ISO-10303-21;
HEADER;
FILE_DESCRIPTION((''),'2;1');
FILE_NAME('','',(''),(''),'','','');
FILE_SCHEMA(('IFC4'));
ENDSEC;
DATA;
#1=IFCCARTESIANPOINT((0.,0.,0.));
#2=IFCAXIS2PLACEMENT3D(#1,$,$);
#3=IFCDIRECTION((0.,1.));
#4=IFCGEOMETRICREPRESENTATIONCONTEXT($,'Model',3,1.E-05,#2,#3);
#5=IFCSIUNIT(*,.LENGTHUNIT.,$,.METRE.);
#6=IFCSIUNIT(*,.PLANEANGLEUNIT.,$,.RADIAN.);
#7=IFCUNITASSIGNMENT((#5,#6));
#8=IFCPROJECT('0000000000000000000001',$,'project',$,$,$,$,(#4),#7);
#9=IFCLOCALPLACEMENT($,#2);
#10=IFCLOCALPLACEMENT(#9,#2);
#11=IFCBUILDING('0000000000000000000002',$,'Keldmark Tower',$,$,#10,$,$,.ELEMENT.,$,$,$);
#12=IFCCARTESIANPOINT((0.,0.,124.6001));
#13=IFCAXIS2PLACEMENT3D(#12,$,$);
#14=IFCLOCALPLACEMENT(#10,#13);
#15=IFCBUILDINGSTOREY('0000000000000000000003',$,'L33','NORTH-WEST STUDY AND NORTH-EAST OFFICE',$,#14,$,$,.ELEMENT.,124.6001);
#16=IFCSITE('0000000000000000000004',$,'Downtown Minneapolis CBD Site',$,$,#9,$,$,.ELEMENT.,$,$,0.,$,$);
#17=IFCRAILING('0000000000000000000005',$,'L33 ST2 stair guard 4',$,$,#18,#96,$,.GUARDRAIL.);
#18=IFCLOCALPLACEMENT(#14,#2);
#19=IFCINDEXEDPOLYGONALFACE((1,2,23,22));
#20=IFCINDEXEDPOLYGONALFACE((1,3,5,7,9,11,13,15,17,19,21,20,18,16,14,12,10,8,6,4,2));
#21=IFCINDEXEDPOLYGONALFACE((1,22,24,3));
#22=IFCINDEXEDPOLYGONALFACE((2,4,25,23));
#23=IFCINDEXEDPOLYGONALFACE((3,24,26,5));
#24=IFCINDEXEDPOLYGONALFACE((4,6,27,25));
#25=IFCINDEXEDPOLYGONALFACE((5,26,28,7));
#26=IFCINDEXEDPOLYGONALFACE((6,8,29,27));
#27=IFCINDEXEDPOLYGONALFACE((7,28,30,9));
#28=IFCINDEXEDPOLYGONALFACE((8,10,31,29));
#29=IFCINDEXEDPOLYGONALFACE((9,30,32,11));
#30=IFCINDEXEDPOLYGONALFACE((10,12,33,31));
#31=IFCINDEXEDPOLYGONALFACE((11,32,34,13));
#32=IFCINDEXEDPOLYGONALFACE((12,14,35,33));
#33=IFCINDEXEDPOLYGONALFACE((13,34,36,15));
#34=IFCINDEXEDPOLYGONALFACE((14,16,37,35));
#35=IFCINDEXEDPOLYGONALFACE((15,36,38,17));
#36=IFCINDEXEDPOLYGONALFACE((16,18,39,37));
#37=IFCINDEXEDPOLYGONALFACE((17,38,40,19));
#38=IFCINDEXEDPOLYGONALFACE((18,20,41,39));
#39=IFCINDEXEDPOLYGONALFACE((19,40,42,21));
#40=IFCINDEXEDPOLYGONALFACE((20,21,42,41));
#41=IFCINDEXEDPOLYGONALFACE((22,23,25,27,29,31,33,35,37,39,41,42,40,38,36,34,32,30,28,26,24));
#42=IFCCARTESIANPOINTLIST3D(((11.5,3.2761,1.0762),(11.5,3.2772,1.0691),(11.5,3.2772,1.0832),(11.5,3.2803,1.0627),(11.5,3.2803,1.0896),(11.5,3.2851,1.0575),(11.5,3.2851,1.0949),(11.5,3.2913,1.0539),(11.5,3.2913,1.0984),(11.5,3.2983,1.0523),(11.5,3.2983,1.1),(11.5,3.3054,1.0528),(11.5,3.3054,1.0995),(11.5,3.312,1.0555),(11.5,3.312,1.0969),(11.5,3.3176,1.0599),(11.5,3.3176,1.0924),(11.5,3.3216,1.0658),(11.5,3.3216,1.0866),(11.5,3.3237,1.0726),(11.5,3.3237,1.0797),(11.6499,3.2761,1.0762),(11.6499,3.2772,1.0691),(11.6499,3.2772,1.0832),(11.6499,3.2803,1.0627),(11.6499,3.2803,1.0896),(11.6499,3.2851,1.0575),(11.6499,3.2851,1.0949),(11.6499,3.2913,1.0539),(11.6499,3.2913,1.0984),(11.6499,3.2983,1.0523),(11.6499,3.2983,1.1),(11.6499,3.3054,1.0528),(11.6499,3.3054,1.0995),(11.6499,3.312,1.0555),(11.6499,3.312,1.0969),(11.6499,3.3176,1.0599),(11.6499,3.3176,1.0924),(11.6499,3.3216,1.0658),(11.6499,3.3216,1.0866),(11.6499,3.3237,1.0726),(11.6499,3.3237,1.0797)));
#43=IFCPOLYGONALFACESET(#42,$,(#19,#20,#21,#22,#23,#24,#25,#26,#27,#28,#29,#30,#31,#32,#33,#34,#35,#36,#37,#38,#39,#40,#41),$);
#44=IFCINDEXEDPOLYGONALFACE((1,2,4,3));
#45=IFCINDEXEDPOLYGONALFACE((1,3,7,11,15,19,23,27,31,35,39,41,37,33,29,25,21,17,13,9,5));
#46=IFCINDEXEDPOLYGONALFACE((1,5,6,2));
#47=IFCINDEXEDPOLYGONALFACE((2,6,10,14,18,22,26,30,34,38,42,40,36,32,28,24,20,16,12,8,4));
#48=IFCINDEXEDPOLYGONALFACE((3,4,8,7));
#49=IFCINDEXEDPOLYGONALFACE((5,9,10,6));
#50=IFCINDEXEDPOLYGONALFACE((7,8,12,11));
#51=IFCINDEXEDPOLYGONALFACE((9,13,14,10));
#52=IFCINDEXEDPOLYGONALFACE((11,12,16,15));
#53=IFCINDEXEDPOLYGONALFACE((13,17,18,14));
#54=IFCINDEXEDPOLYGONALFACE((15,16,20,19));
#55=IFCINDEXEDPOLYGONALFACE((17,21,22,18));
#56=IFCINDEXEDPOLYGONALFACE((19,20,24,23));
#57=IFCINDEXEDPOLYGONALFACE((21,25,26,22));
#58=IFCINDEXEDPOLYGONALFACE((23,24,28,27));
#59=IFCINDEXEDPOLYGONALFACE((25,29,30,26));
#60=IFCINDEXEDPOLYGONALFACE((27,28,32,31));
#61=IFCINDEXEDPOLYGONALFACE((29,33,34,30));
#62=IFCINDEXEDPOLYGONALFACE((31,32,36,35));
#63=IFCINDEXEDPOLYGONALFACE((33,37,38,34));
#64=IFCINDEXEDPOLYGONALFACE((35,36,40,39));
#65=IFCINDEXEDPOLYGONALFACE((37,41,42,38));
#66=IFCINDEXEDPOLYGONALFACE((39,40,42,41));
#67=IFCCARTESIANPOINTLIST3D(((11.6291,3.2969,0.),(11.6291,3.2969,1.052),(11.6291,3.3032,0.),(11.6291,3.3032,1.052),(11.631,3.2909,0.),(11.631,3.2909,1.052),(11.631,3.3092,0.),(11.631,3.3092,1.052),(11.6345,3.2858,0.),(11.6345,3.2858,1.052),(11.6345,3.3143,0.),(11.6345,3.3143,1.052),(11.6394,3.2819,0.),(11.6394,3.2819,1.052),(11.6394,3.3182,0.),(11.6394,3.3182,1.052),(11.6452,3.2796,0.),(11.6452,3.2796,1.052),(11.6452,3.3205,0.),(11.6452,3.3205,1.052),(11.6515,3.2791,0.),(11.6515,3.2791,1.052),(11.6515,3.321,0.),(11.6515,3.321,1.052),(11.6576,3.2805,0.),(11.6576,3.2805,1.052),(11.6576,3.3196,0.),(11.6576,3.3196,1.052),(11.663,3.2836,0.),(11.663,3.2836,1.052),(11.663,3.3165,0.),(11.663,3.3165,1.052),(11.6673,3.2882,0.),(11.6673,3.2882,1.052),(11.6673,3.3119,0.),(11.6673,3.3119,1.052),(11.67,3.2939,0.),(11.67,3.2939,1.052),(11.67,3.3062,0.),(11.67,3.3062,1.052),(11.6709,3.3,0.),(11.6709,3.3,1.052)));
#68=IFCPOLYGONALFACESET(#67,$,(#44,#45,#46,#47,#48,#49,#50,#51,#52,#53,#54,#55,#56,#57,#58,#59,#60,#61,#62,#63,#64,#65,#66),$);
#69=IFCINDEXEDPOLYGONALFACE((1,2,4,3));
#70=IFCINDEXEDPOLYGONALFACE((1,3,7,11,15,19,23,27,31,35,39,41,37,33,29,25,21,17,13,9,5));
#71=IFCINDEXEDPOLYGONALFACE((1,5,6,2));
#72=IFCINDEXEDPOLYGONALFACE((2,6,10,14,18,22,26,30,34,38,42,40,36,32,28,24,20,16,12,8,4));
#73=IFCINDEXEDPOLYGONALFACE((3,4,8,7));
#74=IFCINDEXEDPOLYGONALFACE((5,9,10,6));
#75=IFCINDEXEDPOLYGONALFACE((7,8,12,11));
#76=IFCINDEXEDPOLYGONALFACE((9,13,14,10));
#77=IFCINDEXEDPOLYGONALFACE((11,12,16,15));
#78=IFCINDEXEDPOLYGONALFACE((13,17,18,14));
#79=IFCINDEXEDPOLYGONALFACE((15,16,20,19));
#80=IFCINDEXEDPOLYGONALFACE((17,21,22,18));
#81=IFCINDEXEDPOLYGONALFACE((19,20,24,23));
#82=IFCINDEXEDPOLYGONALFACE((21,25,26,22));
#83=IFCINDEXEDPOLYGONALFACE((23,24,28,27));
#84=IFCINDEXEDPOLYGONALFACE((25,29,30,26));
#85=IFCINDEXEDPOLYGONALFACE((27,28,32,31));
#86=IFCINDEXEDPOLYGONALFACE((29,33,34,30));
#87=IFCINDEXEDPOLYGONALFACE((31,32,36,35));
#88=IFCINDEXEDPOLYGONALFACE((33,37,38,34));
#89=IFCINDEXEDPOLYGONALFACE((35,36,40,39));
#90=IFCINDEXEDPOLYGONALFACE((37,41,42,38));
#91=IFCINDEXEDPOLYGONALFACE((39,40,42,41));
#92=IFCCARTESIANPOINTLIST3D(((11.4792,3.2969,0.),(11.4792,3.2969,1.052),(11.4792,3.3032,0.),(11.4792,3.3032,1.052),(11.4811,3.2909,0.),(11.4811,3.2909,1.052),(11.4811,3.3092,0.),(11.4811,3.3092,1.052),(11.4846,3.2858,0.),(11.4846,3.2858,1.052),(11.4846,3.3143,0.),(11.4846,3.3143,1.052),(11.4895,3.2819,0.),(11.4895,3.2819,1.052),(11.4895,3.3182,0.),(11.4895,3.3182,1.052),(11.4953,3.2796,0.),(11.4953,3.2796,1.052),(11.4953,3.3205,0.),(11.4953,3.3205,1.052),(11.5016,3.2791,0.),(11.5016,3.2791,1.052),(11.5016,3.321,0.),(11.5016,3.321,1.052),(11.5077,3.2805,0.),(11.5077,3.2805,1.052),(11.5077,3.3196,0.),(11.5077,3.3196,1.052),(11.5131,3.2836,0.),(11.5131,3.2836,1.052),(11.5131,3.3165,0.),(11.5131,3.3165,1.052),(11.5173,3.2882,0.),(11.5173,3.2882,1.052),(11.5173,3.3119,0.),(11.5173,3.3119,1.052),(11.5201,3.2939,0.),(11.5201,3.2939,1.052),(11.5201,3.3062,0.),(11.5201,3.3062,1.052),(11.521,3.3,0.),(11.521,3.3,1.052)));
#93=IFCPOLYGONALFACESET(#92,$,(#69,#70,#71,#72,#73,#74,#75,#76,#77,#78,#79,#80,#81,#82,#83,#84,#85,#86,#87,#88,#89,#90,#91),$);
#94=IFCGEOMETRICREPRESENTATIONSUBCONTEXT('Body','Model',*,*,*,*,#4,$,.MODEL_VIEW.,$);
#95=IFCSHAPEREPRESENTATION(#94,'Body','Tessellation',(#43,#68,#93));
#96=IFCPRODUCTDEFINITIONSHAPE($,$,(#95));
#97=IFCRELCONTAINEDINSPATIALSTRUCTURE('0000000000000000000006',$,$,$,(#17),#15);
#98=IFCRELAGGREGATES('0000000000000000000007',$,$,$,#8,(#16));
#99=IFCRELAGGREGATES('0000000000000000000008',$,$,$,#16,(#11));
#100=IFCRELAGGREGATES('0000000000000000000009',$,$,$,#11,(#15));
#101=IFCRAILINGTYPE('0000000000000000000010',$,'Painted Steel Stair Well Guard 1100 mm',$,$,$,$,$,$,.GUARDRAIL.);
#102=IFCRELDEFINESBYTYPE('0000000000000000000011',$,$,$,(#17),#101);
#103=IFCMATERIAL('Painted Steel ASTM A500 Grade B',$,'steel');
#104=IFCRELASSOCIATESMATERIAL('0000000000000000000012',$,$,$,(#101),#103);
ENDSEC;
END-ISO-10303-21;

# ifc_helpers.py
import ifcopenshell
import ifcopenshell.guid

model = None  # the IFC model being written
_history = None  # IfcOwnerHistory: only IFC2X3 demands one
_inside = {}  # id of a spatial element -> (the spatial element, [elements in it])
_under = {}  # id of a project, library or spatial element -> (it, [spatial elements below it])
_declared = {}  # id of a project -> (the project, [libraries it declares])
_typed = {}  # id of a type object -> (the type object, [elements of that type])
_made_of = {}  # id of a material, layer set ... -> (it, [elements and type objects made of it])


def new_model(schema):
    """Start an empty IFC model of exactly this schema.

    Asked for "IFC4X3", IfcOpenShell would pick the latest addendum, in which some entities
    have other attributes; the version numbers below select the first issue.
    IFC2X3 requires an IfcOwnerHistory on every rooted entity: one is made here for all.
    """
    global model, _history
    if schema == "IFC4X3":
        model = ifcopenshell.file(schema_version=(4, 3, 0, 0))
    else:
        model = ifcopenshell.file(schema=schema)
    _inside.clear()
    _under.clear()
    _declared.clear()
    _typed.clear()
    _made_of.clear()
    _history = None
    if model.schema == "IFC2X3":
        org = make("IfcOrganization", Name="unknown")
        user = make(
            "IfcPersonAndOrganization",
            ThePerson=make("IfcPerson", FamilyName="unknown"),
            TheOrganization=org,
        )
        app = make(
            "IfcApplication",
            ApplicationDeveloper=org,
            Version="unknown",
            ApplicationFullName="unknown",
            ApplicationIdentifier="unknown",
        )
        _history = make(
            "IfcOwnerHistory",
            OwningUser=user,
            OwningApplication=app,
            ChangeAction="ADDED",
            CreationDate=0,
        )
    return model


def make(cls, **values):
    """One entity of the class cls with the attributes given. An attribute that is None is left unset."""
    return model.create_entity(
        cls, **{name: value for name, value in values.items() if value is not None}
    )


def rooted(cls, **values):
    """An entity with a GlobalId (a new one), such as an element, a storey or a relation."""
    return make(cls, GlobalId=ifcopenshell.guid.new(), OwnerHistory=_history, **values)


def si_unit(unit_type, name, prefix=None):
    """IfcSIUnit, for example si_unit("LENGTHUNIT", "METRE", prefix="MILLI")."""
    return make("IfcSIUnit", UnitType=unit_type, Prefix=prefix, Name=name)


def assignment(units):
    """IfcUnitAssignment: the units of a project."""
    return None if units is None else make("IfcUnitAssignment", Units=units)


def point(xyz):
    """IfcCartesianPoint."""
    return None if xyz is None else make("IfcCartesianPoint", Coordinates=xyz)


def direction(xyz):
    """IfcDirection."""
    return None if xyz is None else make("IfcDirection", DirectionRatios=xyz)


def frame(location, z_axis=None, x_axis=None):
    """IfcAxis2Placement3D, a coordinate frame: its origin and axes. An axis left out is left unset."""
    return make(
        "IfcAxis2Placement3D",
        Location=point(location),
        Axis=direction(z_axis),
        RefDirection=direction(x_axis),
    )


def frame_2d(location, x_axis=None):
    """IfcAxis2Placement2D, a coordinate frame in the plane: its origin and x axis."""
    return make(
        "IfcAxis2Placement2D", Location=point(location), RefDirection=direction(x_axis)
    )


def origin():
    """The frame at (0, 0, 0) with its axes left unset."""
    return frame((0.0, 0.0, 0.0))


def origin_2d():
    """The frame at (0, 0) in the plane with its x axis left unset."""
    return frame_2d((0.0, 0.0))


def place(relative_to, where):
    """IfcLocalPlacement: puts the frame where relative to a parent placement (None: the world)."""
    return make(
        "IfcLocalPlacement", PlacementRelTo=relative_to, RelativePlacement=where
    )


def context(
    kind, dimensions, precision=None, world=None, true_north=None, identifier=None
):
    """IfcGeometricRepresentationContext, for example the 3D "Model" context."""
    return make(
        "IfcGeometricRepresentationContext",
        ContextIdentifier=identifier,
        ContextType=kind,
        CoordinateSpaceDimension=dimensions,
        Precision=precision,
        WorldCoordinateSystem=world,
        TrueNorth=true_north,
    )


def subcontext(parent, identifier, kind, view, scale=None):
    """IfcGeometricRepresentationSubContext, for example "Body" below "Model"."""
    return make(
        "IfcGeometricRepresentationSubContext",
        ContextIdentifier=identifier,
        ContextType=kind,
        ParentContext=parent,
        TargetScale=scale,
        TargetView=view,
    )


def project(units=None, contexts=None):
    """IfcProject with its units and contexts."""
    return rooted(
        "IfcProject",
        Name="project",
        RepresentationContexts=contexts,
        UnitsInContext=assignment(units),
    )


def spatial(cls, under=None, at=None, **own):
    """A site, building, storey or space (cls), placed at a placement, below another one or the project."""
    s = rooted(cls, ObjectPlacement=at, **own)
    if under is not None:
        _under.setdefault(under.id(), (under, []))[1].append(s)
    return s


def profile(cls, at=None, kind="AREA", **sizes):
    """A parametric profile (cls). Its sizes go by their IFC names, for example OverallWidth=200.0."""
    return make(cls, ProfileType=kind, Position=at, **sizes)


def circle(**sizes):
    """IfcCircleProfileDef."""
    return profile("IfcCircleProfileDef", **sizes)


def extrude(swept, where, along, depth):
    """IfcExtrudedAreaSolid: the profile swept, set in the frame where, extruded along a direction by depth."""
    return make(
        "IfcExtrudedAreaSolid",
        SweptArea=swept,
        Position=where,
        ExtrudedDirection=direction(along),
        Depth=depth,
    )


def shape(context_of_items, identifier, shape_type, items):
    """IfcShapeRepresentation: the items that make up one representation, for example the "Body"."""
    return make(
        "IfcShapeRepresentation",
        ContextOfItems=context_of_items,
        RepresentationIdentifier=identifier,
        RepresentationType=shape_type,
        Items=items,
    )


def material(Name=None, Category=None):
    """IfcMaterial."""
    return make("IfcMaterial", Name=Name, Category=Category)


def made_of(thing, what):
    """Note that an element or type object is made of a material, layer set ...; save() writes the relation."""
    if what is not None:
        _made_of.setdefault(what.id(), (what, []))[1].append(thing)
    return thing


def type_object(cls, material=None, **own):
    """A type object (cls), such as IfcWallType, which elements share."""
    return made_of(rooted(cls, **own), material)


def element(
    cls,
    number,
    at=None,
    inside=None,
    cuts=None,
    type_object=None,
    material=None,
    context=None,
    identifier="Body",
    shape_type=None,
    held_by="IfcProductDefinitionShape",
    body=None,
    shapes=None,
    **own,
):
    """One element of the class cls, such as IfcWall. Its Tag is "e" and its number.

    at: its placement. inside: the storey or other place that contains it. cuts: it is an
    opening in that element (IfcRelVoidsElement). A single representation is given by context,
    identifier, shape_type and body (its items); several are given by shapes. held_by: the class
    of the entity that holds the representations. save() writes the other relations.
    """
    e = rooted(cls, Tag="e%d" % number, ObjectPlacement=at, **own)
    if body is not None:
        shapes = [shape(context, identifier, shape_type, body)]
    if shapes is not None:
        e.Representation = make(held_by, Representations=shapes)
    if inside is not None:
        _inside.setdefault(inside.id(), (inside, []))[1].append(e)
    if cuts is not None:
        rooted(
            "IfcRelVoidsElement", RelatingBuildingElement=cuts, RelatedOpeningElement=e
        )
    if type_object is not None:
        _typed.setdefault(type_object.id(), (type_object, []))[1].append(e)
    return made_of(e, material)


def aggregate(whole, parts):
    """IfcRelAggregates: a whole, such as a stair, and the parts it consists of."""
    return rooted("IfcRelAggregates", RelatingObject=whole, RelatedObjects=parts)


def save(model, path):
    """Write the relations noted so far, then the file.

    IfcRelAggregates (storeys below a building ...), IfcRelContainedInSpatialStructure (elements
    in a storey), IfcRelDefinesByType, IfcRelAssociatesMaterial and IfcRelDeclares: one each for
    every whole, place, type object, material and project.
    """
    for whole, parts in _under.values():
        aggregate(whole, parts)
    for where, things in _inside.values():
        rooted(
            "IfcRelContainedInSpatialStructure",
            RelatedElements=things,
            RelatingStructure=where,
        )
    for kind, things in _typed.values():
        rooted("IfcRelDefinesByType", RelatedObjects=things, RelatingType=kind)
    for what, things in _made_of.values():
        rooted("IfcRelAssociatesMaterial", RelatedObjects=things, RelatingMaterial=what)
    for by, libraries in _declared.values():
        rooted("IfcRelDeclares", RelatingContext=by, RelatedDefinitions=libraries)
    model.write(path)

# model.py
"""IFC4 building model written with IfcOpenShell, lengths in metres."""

from ifc_helpers import new_model, si_unit, direction, frame, origin, origin_2d, place, context, subcontext, project, spatial, circle, extrude, material, type_object, element, save


model = new_model("IFC4")

# Units and contexts
model_context = context("Model", 3, precision=1e-05, world=origin(), true_north=direction((0.0, 1.0)))
body_context = subcontext(model_context, "Body", "Model", "MODEL_VIEW")
ifc_project = project(units=[si_unit("LENGTHUNIT", "METRE"), si_unit("PLANEANGLEUNIT", "RADIAN")], contexts=[model_context])

# Site, building, storey
site_placement = place(None, origin())
site = spatial("IfcSite", under=ifc_project, at=site_placement, Name="Downtown Minneapolis CBD Site", CompositionType="ELEMENT", RefElevation=0.0)
building_placement = place(site_placement, origin())
building = spatial("IfcBuilding", under=site, at=building_placement, Name="Keldmark Tower", CompositionType="ELEMENT")
storey_placement = place(building_placement, frame((0.0, 0.0, 124.6001)))
storey = spatial("IfcBuildingStorey", under=building, at=storey_placement, Name="L33", Description="NORTH-WEST STUDY AND NORTH-EAST OFFICE", CompositionType="ELEMENT", Elevation=124.6001)

# Railing
ifc_material_1 = material(Name="Painted Steel ASTM A500 Grade B", Category="steel")
railing_type_1 = type_object("IfcRailingType", Name="Painted Steel Stair Well Guard 1100 mm", PredefinedType="GUARDRAIL", material=ifc_material_1)
railing_1_placement = place(storey_placement, frame((11.6499, 3.3, 0.0)))
element("IfcRailing", 1, at=railing_1_placement, inside=storey, type_object=railing_type_1, Name="L33 ST2 stair guard 4", PredefinedType="GUARDRAIL", context=body_context, shape_type="SweptSolid", body=[
    extrude(circle(Radius=0.0239, at=origin_2d()), frame((0.0, 0.0, 1.0762), z_axis=(-1.0, 0.0, 0.0), x_axis=(0.0, -1.0, 0.0)), (0.0, 0.0, 1.0), 0.1499),
    extrude(circle(Radius=0.021, at=origin_2d()), origin(), (0.0, 0.0, 1.0), 1.052),
    extrude(circle(Radius=0.021, at=origin_2d()), frame((-0.1499, 0.0, 0.0)), (0.0, 0.0, 1.0), 1.052),
])

save(model, "model.ifc")
